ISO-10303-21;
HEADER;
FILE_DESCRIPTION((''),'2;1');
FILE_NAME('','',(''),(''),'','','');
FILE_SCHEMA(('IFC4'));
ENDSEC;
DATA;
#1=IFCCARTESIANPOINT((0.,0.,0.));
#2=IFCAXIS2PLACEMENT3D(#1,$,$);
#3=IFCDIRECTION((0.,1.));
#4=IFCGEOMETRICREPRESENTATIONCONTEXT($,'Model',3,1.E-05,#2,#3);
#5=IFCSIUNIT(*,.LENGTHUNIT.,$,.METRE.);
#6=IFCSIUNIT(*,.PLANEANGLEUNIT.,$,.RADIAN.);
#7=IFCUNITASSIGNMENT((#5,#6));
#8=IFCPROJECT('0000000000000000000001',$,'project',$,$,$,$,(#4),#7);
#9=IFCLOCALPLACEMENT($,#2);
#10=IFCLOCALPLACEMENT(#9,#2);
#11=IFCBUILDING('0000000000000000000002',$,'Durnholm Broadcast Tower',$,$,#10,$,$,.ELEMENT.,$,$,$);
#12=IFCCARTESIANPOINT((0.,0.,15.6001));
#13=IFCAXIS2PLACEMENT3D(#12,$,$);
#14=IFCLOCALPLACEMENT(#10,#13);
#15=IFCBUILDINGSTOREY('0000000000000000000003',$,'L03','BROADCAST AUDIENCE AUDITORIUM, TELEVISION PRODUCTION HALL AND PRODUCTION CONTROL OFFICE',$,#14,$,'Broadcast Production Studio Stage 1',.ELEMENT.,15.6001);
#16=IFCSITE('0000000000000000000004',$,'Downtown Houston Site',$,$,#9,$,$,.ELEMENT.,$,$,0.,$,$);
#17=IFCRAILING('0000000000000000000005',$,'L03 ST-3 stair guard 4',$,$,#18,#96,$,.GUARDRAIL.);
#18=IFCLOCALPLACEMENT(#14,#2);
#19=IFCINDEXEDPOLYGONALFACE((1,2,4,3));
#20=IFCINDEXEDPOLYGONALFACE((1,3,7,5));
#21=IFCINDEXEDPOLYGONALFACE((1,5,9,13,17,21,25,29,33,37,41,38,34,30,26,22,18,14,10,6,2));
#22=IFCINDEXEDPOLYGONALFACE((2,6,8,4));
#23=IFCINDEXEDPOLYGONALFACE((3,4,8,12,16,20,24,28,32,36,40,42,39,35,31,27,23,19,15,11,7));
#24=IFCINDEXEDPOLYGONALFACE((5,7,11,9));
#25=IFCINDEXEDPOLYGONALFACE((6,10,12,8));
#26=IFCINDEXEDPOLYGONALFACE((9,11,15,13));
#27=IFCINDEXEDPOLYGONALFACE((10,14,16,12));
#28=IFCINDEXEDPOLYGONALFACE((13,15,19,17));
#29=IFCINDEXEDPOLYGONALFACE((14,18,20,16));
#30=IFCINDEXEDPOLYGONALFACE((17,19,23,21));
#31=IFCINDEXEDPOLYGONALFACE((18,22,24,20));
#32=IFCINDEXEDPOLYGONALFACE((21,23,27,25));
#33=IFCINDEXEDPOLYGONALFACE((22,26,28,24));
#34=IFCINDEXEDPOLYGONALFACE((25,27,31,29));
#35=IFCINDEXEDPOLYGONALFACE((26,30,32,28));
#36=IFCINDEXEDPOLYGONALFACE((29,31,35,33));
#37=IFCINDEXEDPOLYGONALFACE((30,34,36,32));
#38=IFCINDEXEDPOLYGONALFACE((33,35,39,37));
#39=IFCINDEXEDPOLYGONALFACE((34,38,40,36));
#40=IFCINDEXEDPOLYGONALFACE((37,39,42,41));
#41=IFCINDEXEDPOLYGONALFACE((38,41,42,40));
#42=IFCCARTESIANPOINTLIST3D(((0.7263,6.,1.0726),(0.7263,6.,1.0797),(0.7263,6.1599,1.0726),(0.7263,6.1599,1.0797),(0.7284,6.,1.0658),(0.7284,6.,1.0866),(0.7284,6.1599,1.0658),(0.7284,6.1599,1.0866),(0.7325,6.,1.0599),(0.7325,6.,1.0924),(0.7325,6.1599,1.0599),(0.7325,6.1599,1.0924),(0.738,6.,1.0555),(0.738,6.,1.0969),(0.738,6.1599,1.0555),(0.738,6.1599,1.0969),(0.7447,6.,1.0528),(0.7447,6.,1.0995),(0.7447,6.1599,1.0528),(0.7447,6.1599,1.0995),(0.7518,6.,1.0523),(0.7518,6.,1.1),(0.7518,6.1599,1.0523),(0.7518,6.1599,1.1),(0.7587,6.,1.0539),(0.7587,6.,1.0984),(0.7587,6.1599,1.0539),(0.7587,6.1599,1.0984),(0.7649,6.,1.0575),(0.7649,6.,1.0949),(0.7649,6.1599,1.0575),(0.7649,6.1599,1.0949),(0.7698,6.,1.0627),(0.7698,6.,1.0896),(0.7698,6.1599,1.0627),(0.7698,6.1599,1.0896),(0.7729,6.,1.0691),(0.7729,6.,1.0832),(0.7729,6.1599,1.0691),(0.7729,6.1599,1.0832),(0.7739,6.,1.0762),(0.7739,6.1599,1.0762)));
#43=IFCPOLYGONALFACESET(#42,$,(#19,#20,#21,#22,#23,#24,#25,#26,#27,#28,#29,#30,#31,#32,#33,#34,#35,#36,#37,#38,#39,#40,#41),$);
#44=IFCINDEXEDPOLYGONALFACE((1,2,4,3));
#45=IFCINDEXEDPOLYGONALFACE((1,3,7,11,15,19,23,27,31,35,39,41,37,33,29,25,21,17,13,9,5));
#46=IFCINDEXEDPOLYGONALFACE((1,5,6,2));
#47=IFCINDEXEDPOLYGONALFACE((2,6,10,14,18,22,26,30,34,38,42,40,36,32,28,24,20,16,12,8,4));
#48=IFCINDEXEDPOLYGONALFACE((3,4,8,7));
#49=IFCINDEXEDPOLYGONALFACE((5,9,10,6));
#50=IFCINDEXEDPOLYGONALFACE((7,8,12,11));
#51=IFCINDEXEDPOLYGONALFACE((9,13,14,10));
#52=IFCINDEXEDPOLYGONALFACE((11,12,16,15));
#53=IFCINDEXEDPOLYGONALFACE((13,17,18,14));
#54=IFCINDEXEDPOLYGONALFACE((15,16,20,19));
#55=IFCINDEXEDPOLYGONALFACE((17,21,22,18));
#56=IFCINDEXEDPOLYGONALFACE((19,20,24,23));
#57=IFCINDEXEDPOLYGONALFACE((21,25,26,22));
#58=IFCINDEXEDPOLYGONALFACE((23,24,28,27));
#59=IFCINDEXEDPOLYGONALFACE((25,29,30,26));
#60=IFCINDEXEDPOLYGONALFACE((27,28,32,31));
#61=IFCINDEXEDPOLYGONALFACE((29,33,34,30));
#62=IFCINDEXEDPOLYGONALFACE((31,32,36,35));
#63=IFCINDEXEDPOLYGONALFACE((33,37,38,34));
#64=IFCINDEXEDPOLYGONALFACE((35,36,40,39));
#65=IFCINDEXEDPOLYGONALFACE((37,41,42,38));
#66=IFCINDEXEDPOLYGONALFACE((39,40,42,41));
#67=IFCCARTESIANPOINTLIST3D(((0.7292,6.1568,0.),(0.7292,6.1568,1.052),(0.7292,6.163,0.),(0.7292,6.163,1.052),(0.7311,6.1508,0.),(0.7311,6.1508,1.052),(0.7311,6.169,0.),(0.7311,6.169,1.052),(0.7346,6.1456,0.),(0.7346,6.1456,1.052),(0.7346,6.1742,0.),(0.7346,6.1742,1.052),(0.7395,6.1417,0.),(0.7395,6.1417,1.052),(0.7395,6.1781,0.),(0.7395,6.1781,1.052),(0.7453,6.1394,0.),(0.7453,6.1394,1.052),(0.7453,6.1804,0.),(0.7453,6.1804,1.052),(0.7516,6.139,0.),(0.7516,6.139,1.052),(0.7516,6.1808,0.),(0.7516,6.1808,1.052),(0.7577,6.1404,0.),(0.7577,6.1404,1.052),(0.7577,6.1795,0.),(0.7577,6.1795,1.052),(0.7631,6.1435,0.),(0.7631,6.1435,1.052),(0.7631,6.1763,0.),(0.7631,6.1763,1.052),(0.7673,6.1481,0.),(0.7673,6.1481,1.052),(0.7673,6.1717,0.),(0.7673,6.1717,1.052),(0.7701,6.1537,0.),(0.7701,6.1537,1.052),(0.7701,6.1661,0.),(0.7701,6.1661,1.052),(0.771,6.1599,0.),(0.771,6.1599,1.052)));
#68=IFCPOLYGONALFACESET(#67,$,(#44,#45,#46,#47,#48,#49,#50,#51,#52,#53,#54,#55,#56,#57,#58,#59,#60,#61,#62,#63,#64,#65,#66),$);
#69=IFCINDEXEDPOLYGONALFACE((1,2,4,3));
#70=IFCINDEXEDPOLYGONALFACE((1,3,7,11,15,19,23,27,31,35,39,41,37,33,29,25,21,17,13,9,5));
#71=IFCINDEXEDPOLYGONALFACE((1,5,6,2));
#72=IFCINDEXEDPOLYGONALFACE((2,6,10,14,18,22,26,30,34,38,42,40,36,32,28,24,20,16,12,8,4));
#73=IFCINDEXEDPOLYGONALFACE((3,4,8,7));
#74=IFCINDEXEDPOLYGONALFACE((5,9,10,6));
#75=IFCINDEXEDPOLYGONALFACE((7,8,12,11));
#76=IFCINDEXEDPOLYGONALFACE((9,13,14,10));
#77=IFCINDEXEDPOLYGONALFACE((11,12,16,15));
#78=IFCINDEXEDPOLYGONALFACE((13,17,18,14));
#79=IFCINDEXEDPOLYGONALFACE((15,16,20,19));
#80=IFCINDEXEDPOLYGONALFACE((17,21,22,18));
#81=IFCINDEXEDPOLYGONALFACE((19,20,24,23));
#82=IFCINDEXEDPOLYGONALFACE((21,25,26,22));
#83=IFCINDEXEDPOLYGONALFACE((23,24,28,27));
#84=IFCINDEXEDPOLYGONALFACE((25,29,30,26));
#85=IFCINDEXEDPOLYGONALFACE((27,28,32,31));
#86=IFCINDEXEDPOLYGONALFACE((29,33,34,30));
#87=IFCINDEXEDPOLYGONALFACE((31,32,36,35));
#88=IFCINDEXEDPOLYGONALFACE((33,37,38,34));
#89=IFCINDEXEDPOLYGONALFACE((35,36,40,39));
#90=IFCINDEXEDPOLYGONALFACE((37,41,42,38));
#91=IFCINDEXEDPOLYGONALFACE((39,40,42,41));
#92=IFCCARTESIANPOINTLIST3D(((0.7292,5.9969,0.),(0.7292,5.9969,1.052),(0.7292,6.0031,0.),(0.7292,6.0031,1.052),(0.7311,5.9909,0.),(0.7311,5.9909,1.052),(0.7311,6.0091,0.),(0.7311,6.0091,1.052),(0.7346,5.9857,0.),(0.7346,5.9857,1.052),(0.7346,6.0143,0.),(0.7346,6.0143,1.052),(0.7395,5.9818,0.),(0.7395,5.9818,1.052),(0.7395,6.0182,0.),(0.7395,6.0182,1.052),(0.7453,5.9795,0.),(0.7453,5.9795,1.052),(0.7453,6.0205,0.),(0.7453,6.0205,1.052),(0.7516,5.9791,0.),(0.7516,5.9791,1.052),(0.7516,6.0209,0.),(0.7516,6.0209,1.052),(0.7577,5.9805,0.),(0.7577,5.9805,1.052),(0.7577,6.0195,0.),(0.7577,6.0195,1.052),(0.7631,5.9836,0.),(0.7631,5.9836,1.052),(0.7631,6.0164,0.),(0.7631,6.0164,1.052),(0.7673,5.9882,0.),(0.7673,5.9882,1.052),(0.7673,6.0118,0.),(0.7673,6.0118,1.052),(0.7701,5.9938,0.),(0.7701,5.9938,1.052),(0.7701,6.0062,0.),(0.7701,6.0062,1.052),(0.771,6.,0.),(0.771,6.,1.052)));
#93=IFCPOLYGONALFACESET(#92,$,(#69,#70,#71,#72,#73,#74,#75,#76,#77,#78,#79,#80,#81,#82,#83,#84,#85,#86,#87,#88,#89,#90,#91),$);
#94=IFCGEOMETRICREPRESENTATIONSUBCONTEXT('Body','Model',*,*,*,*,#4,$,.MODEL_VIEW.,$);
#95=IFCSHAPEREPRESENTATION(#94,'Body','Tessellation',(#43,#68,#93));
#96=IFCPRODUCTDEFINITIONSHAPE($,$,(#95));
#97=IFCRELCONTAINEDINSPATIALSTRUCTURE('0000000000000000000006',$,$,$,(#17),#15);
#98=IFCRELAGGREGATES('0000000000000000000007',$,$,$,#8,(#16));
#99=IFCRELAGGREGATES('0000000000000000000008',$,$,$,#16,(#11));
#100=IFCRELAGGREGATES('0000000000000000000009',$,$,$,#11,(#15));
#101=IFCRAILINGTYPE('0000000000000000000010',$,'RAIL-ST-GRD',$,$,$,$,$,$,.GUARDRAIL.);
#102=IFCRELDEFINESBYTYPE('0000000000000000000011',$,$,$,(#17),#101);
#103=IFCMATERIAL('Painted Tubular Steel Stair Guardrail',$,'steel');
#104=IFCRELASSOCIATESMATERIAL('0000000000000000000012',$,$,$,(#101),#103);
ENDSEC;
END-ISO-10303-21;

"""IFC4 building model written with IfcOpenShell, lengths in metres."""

from ifc_helpers import new_model, si_unit, direction, frame, origin, origin_2d, place, context, subcontext, project, spatial, circle, extrude, material, type_object, element, save


model = new_model("IFC4")

# Units and contexts
model_context = context("Model", 3, precision=1e-05, world=origin(), true_north=direction((0.0, 1.0)))
body_context = subcontext(model_context, "Body", "Model", "MODEL_VIEW")
ifc_project = project(units=[si_unit("LENGTHUNIT", "METRE"), si_unit("PLANEANGLEUNIT", "RADIAN")], contexts=[model_context])

# Site, building, storey
site_placement = place(None, origin())
site = spatial("IfcSite", under=ifc_project, at=site_placement, Name="Downtown Houston Site", CompositionType="ELEMENT", RefElevation=0.0)
building_placement = place(site_placement, origin())
building = spatial("IfcBuilding", under=site, at=building_placement, Name="Durnholm Broadcast Tower", CompositionType="ELEMENT")
storey_placement = place(building_placement, frame((0.0, 0.0, 15.6001)))
storey = spatial("IfcBuildingStorey", under=building, at=storey_placement, Name="L03", Description="BROADCAST AUDIENCE AUDITORIUM, TELEVISION PRODUCTION HALL AND PRODUCTION CONTROL OFFICE", LongName="Broadcast Production Studio Stage 1", CompositionType="ELEMENT", Elevation=15.6001)

# Railing
ifc_material_1 = material(Name="Painted Tubular Steel Stair Guardrail", Category="steel")
railing_type_1 = type_object("IfcRailingType", Name="RAIL-ST-GRD", PredefinedType="GUARDRAIL", material=ifc_material_1)
railing_1_placement = place(storey_placement, frame((0.75, 6.1599, 0.0)))
element("IfcRailing", 1, at=railing_1_placement, inside=storey, type_object=railing_type_1, Name="L03 ST-3 stair guard 4", PredefinedType="GUARDRAIL", context=body_context, shape_type="SweptSolid", body=[
    extrude(circle(Radius=0.0239, at=origin_2d()), frame((0.0, 0.0, 1.0762), z_axis=(0.0, -1.0, 0.0), x_axis=(1.0, 0.0, 0.0)), (0.0, 0.0, 1.0), 0.1599),
    extrude(circle(Radius=0.021, at=origin_2d()), origin(), (0.0, 0.0, 1.0), 1.052),
    extrude(circle(Radius=0.021, at=origin_2d()), frame((0.0, -0.1599, 0.0)), (0.0, 0.0, 1.0), 1.052),
])

save(model, "model.ifc")
